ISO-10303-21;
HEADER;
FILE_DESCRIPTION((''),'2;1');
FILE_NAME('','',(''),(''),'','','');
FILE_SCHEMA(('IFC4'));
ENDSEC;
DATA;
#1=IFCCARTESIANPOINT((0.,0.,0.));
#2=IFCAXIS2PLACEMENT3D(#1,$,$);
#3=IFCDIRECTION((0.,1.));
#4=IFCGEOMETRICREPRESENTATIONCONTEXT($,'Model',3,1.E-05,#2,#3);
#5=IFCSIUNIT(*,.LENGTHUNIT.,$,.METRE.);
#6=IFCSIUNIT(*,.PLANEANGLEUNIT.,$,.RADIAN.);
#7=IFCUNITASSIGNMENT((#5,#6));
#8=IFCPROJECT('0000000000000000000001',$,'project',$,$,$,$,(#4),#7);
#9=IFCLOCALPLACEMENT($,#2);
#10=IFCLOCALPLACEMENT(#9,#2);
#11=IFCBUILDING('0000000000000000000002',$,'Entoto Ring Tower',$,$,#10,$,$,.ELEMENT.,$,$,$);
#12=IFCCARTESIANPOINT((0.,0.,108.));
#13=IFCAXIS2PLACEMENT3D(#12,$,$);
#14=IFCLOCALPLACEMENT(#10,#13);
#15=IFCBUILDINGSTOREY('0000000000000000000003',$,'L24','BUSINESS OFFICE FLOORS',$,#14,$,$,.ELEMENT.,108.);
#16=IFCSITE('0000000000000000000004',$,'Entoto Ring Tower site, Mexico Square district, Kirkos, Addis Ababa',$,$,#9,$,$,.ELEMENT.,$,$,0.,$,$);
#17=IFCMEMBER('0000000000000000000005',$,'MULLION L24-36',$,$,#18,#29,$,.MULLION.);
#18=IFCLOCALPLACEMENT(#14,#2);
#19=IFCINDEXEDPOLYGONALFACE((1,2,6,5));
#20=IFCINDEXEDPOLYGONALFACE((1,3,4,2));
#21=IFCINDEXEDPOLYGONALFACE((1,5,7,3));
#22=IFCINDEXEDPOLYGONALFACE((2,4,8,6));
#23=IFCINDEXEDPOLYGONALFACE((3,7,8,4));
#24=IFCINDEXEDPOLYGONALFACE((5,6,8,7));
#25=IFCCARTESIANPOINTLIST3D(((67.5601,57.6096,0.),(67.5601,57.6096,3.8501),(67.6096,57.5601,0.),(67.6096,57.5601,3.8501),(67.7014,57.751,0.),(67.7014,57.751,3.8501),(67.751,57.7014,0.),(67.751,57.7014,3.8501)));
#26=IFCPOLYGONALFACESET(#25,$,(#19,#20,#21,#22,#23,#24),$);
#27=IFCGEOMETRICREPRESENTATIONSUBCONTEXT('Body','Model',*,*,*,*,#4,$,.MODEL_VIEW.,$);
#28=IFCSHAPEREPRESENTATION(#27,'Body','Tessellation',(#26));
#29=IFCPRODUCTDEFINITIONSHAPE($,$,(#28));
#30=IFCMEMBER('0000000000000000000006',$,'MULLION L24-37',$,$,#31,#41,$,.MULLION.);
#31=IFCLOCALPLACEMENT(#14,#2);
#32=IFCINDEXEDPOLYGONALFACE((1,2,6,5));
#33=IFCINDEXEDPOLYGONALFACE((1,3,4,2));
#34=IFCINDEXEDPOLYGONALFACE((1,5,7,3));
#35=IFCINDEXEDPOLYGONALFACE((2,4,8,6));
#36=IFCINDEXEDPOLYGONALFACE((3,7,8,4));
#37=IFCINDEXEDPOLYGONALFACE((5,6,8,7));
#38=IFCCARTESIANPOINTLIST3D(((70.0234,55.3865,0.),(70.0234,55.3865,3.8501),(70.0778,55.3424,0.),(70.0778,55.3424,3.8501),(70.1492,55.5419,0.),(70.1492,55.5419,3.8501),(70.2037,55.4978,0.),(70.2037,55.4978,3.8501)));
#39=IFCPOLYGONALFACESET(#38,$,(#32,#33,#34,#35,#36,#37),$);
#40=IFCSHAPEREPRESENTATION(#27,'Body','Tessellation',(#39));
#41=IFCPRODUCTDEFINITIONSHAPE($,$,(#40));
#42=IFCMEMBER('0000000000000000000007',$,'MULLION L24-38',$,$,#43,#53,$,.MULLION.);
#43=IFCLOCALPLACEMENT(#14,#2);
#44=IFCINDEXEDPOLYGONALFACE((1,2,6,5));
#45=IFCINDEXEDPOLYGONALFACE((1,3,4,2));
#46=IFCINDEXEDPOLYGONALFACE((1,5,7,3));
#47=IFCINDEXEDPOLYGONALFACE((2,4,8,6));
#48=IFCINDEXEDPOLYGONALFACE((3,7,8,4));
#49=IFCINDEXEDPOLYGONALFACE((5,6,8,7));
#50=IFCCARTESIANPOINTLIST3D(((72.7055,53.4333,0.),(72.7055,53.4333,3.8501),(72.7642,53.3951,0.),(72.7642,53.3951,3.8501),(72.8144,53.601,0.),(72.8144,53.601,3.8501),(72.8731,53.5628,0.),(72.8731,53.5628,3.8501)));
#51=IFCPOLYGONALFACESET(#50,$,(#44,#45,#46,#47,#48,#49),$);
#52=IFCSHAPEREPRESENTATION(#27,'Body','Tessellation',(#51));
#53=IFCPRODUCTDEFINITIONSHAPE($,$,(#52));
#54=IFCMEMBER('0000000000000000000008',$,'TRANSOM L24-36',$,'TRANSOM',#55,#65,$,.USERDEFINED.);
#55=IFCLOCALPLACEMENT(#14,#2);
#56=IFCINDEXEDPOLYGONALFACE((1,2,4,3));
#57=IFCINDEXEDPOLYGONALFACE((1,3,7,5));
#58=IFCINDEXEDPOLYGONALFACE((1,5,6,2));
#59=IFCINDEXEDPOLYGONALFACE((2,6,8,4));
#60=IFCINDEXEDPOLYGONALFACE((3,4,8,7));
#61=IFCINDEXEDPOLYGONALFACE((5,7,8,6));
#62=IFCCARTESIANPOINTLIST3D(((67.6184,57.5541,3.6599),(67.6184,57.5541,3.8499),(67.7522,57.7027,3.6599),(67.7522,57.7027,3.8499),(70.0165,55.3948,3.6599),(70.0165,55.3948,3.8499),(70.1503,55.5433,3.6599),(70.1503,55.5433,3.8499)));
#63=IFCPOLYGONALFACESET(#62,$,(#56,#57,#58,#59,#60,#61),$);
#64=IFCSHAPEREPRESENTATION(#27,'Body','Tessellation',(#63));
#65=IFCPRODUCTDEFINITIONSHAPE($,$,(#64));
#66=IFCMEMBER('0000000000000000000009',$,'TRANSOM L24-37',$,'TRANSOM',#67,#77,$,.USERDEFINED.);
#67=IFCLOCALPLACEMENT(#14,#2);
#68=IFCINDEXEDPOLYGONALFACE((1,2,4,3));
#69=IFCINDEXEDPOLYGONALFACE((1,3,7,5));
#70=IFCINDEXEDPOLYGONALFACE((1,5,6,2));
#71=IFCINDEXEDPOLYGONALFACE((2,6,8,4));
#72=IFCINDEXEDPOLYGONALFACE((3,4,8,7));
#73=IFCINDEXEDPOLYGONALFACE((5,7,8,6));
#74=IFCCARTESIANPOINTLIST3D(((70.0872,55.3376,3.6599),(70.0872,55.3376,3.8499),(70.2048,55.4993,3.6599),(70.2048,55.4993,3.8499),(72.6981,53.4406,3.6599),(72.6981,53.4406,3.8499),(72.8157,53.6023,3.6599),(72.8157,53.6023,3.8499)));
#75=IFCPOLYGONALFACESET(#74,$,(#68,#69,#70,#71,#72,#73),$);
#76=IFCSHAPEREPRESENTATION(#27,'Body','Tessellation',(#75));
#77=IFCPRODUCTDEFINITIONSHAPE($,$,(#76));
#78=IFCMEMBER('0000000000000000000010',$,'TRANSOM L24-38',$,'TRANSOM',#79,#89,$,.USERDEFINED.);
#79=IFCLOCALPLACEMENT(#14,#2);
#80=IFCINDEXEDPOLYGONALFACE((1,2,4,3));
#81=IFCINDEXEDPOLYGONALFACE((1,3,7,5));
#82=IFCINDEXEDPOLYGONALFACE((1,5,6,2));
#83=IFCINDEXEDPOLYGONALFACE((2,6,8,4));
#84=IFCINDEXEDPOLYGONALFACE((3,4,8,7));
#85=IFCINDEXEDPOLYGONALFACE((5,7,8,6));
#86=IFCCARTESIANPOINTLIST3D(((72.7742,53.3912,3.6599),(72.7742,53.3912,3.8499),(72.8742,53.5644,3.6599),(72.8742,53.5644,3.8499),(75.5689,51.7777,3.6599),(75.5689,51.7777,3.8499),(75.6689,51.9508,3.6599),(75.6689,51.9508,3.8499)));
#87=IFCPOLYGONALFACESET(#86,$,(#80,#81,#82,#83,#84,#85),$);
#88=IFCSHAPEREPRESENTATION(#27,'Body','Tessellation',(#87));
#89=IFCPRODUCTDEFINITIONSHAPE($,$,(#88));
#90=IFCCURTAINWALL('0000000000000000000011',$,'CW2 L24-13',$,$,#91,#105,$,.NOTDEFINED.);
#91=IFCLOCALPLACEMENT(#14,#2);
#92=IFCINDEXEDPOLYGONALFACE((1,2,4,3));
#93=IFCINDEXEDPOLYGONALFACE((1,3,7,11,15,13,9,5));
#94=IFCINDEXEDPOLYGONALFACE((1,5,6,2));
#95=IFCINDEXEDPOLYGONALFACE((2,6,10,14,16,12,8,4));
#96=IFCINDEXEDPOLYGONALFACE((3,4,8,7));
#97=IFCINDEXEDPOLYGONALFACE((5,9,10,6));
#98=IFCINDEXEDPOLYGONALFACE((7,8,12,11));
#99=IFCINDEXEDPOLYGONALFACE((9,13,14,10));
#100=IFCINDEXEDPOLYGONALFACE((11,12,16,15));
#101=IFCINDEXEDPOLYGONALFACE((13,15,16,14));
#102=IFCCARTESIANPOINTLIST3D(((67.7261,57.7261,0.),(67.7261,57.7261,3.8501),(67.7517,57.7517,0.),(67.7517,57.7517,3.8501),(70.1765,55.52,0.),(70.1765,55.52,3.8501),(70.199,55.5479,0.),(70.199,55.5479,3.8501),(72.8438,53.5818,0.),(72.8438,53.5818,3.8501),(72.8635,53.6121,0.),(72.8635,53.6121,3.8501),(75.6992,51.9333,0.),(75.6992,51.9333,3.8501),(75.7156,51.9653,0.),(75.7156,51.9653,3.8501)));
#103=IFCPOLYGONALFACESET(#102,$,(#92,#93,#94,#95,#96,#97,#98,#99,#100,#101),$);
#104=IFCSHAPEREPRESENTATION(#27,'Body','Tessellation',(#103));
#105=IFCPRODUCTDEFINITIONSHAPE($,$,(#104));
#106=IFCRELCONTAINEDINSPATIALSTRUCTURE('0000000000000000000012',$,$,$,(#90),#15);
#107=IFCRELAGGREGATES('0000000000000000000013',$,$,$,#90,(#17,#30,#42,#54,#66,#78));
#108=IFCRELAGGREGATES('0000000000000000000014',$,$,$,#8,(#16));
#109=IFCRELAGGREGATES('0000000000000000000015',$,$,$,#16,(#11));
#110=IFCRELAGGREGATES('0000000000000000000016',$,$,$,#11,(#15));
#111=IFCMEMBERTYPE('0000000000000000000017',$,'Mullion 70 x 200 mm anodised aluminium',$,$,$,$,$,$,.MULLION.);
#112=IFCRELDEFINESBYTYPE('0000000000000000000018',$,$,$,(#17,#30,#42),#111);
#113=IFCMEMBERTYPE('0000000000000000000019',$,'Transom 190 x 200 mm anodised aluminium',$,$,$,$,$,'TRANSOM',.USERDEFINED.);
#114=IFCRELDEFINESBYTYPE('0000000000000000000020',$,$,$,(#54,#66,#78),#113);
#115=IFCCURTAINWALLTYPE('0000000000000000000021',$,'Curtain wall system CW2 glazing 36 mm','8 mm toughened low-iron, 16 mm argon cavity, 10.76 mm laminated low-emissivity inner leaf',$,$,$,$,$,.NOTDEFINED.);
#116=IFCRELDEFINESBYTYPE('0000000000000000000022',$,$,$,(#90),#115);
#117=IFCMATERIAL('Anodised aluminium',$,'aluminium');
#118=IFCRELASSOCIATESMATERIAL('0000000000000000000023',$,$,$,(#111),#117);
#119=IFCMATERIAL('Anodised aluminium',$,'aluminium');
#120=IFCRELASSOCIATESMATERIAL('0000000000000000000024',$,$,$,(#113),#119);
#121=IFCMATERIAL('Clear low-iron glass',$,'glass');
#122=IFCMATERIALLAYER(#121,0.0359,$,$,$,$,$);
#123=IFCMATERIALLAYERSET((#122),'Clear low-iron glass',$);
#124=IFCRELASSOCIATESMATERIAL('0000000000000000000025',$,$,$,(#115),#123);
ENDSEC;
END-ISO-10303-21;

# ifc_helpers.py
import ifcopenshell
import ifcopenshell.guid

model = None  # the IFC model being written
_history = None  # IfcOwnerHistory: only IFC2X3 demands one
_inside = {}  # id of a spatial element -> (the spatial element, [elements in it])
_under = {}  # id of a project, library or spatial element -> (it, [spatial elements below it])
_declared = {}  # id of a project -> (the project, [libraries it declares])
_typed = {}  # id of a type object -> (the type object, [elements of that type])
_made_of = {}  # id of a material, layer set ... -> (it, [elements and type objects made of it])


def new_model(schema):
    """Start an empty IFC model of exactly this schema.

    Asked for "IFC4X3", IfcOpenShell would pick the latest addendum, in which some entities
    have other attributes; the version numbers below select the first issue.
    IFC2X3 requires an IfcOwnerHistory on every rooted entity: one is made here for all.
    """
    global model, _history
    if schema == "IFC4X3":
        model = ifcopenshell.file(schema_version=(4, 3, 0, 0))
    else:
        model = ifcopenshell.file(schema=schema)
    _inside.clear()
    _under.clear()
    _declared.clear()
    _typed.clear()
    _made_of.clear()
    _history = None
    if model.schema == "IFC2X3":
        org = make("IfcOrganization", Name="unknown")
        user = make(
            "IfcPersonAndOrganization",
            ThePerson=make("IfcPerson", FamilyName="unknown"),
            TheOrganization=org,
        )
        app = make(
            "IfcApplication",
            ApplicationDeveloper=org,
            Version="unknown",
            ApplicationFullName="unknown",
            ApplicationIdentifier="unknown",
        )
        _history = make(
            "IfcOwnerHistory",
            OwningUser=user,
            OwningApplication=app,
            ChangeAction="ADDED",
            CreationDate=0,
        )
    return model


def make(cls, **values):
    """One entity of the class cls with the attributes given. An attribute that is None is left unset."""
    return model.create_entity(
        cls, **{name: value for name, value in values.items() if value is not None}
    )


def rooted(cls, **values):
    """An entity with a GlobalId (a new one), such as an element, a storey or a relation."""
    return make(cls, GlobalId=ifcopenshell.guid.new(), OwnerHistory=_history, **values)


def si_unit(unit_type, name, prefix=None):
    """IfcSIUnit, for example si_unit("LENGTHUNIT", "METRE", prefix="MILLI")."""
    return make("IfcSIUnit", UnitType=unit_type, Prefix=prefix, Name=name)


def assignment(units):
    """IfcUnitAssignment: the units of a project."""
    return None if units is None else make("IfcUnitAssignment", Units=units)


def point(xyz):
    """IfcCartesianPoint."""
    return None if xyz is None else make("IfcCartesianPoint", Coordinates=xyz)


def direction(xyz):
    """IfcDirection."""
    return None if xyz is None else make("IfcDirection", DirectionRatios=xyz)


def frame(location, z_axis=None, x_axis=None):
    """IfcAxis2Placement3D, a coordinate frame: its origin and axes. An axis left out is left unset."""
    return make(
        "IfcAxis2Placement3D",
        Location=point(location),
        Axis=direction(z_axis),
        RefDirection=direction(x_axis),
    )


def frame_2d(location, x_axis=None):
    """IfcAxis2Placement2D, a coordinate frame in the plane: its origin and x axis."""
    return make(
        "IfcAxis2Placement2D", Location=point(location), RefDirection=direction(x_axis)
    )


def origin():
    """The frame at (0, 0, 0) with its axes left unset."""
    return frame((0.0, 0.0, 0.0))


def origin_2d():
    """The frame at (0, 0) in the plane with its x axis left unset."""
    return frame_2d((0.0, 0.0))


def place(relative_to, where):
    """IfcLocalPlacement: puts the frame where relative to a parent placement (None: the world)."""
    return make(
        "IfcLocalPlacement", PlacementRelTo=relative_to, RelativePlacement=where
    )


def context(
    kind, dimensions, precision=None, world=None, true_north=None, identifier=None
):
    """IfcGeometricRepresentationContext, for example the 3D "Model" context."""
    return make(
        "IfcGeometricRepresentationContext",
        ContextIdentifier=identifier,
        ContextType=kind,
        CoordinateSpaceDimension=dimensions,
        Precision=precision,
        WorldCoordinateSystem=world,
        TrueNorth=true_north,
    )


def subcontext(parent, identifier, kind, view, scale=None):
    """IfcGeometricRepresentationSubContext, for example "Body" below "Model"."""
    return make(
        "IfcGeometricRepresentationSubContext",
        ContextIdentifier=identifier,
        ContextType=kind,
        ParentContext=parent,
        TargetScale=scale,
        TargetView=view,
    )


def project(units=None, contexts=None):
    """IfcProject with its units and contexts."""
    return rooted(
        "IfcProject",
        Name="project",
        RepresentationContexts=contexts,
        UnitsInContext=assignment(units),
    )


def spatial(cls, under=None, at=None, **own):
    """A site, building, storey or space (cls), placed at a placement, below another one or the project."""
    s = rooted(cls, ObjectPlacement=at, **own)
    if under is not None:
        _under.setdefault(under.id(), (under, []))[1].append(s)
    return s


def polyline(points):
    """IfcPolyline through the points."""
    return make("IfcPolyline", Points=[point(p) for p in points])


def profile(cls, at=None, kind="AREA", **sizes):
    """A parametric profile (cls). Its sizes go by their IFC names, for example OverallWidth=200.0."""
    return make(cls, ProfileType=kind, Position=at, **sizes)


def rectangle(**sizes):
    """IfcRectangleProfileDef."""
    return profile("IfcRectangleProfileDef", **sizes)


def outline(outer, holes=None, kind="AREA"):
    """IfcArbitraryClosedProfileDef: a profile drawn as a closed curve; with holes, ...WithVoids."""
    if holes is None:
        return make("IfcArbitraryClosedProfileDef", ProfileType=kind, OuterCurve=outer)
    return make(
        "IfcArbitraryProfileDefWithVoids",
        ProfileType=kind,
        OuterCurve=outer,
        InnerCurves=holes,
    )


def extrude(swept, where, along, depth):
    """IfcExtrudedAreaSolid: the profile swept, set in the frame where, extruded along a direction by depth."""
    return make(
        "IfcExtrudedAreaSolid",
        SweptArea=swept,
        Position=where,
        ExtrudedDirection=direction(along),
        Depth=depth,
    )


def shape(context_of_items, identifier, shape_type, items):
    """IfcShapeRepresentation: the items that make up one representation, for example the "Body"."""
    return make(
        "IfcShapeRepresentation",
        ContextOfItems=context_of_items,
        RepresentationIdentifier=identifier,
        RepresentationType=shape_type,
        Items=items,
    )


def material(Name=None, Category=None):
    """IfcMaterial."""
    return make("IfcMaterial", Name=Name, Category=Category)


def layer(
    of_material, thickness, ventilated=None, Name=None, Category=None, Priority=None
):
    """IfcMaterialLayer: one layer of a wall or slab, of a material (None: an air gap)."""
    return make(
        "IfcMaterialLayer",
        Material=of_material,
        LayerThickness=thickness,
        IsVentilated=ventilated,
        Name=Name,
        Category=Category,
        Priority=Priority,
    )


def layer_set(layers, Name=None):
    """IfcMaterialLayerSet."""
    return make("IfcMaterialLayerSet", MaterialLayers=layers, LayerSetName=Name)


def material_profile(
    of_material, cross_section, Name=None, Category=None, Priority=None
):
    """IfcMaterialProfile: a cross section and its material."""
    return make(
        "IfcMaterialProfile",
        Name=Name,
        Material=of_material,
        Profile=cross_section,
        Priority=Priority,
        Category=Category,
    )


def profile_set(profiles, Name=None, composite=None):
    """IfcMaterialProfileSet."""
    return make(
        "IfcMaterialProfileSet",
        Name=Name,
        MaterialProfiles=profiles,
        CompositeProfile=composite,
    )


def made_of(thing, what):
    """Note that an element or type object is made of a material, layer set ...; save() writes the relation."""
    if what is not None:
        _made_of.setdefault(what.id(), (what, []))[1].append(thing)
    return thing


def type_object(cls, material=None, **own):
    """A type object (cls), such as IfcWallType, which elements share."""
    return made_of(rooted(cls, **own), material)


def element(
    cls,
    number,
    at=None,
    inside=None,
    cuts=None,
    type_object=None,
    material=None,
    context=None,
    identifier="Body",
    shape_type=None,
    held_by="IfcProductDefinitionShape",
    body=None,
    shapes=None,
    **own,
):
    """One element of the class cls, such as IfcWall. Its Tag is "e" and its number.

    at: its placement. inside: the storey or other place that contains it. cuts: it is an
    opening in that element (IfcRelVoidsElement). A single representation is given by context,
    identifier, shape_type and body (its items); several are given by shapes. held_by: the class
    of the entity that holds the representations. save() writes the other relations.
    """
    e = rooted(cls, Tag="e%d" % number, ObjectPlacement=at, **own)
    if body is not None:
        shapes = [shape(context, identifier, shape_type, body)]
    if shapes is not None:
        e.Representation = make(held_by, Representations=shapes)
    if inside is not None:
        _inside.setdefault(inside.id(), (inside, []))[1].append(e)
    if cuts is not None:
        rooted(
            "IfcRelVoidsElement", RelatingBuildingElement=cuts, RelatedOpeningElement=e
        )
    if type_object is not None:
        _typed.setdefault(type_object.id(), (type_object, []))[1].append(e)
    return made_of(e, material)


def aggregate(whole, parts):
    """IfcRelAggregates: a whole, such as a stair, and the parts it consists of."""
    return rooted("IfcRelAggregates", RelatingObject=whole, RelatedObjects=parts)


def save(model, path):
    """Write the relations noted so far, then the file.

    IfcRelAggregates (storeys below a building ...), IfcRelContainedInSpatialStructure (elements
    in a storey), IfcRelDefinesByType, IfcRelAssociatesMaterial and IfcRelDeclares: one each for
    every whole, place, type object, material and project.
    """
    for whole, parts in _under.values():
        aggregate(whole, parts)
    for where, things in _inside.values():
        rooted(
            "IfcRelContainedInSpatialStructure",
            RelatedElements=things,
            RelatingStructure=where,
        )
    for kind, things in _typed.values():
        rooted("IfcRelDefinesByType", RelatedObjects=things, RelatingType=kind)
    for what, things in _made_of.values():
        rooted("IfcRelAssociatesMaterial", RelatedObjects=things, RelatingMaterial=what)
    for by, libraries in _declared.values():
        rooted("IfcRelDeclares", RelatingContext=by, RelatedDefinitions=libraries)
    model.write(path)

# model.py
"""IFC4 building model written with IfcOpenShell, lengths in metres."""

from ifc_helpers import new_model, si_unit, direction, frame, origin, origin_2d, place, context, subcontext, project, spatial, polyline, rectangle, outline, extrude, material, layer, layer_set, material_profile, profile_set, type_object, element, aggregate, save


model = new_model("IFC4")

# Units and contexts
model_context = context("Model", 3, precision=1e-05, world=origin(), true_north=direction((0.0, 1.0)))
body_context = subcontext(model_context, "Body", "Model", "MODEL_VIEW")
ifc_project = project(units=[si_unit("LENGTHUNIT", "METRE"), si_unit("PLANEANGLEUNIT", "RADIAN")], contexts=[model_context])

# Members
ifc_material_1 = material(Name="Anodised aluminium", Category="aluminium")
ifc_material_profile_1 = material_profile(ifc_material_1, rectangle(XDim=0.0701, YDim=0.2, at=origin_2d()), Name="Mullion 70 x 200 mm anodised aluminium")
ifc_profile_set_1 = profile_set([ifc_material_profile_1], Name="Anodised aluminium")
member_type_1 = type_object("IfcMemberType", Name="Mullion 70 x 200 mm anodised aluminium", PredefinedType="MULLION", material=ifc_profile_set_1)
site_placement = place(None, origin())
building_placement = place(site_placement, origin())
storey_placement = place(building_placement, frame((0.0, 0.0, 108.0)))
member_1_placement = place(storey_placement, frame((67.6555, 57.6555, 0.0), z_axis=(0.0, 0.0, 1.0), x_axis=(0.707107, -0.707107, 0.0)))
member_1 = element("IfcMember", 1, at=member_1_placement, type_object=member_type_1, Name="MULLION L24-36", PredefinedType="MULLION", context=body_context, shape_type="SweptSolid", body=[
    extrude(rectangle(XDim=0.0701, YDim=0.2, at=origin_2d()), origin(), (0.0, 0.0, 1.0), 3.8501),
])
member_2_placement = place(storey_placement, frame((70.1135, 55.4421, 0.0), z_axis=(0.0, 0.0, 1.0), x_axis=(0.777146, -0.62932, 0.0)))
member_2 = element("IfcMember", 2, at=member_2_placement, type_object=member_type_1, Name="MULLION L24-37", PredefinedType="MULLION", context=body_context, shape_type="SweptSolid", body=[
    extrude(rectangle(XDim=0.0701, YDim=0.2, at=origin_2d()), origin(), (0.0, 0.0, 1.0), 3.8501),
])
member_3_placement = place(storey_placement, frame((72.7893, 53.498, 0.0), z_axis=(0.0, 0.0, 1.0), x_axis=(0.838671, -0.544639, 0.0)))
member_3 = element("IfcMember", 3, at=member_3_placement, type_object=member_type_1, Name="MULLION L24-38", PredefinedType="MULLION", context=body_context, shape_type="SweptSolid", body=[
    extrude(rectangle(XDim=0.0701, YDim=0.2, at=origin_2d()), origin(), (0.0, 0.0, 1.0), 3.8501),
])
ifc_material_2 = material(Name="Anodised aluminium", Category="aluminium")
ifc_material_profile_2 = material_profile(ifc_material_2, rectangle(XDim=0.2, YDim=0.1899, at=origin_2d()), Name="Transom 190 x 200 mm anodised aluminium")
ifc_profile_set_2 = profile_set([ifc_material_profile_2], Name="Anodised aluminium")
member_type_2 = type_object("IfcMemberType", Name="Transom 190 x 200 mm anodised aluminium", ElementType="TRANSOM", PredefinedType="USERDEFINED", material=ifc_profile_set_2)
member_4_placement = place(storey_placement, frame((67.6853, 57.6284, 3.7549), z_axis=(0.743132, -0.669144, 0.0), x_axis=(0.669144, 0.743132, 0.0)))
member_4 = element("IfcMember", 4, at=member_4_placement, type_object=member_type_2, Name="TRANSOM L24-36", ObjectType="TRANSOM", PredefinedType="USERDEFINED", context=body_context, shape_type="SweptSolid", body=[
    extrude(rectangle(XDim=0.2, YDim=0.1899, at=origin_2d()), origin(), (0.0, 0.0, 1.0), 3.2271),
])
member_5_placement = place(storey_placement, frame((70.146, 55.4185, 3.7549), z_axis=(0.809004, -0.587803, 0.0), x_axis=(0.587803, 0.809004, 0.0)))
member_5 = element("IfcMember", 5, at=member_5_placement, type_object=member_type_2, Name="TRANSOM L24-37", ObjectType="TRANSOM", PredefinedType="USERDEFINED", context=body_context, shape_type="SweptSolid", body=[
    extrude(rectangle(XDim=0.2, YDim=0.1899, at=origin_2d()), origin(), (0.0, 0.0, 1.0), 3.2273),
])
member_6_placement = place(storey_placement, frame((72.8242, 53.4778, 3.7549), z_axis=(0.866023, -0.500004, 0.0), x_axis=(0.500004, 0.866023, 0.0)))
member_6 = element("IfcMember", 6, at=member_6_placement, type_object=member_type_2, Name="TRANSOM L24-38", ObjectType="TRANSOM", PredefinedType="USERDEFINED", context=body_context, shape_type="SweptSolid", body=[
    extrude(rectangle(XDim=0.2, YDim=0.1899, at=origin_2d()), origin(), (0.0, 0.0, 1.0), 3.2271),
])

# Site, building, storey
site = spatial("IfcSite", under=ifc_project, at=site_placement, Name="Entoto Ring Tower site, Mexico Square district, Kirkos, Addis Ababa", CompositionType="ELEMENT", RefElevation=0.0)
building = spatial("IfcBuilding", under=site, at=building_placement, Name="Entoto Ring Tower", CompositionType="ELEMENT")
storey = spatial("IfcBuildingStorey", under=building, at=storey_placement, Name="L24", Description="BUSINESS OFFICE FLOORS", CompositionType="ELEMENT", Elevation=108.0)

# Curtain wall
ifc_material_3 = material(Name="Clear low-iron glass", Category="glass")
ifc_layer = layer(ifc_material_3, 0.0359)
ifc_layer_set = layer_set([ifc_layer], Name="Clear low-iron glass")
curtain_wall_type = type_object("IfcCurtainWallType", Name="Curtain wall system CW2 glazing 36 mm", Description="8 mm toughened low-iron, 16 mm argon cavity, 10.76 mm laminated low-emissivity inner leaf", PredefinedType="NOTDEFINED", material=ifc_layer_set)
curtain_wall_1_placement = place(storey_placement, origin())
curtain_wall_1 = element("IfcCurtainWall", 7, at=curtain_wall_1_placement, inside=storey, type_object=curtain_wall_type, Name="CW2 L24-13", PredefinedType="NOTDEFINED", context=body_context, shape_type="SweptSolid", body=[
    extrude(outline(polyline([(67.7261, 57.7261), (70.1765, 55.52), (72.8438, 53.5818), (75.6992, 51.9333), (75.7156, 51.9653), (72.8635, 53.6121), (70.199, 55.5479), (67.7517, 57.7517), (67.7261, 57.7261)])), origin(), (0.0, 0.0, 1.0), 3.8501),
])
aggregate(curtain_wall_1, [member_1, member_2, member_3, member_4, member_5, member_6])

save(model, "model.ifc")
